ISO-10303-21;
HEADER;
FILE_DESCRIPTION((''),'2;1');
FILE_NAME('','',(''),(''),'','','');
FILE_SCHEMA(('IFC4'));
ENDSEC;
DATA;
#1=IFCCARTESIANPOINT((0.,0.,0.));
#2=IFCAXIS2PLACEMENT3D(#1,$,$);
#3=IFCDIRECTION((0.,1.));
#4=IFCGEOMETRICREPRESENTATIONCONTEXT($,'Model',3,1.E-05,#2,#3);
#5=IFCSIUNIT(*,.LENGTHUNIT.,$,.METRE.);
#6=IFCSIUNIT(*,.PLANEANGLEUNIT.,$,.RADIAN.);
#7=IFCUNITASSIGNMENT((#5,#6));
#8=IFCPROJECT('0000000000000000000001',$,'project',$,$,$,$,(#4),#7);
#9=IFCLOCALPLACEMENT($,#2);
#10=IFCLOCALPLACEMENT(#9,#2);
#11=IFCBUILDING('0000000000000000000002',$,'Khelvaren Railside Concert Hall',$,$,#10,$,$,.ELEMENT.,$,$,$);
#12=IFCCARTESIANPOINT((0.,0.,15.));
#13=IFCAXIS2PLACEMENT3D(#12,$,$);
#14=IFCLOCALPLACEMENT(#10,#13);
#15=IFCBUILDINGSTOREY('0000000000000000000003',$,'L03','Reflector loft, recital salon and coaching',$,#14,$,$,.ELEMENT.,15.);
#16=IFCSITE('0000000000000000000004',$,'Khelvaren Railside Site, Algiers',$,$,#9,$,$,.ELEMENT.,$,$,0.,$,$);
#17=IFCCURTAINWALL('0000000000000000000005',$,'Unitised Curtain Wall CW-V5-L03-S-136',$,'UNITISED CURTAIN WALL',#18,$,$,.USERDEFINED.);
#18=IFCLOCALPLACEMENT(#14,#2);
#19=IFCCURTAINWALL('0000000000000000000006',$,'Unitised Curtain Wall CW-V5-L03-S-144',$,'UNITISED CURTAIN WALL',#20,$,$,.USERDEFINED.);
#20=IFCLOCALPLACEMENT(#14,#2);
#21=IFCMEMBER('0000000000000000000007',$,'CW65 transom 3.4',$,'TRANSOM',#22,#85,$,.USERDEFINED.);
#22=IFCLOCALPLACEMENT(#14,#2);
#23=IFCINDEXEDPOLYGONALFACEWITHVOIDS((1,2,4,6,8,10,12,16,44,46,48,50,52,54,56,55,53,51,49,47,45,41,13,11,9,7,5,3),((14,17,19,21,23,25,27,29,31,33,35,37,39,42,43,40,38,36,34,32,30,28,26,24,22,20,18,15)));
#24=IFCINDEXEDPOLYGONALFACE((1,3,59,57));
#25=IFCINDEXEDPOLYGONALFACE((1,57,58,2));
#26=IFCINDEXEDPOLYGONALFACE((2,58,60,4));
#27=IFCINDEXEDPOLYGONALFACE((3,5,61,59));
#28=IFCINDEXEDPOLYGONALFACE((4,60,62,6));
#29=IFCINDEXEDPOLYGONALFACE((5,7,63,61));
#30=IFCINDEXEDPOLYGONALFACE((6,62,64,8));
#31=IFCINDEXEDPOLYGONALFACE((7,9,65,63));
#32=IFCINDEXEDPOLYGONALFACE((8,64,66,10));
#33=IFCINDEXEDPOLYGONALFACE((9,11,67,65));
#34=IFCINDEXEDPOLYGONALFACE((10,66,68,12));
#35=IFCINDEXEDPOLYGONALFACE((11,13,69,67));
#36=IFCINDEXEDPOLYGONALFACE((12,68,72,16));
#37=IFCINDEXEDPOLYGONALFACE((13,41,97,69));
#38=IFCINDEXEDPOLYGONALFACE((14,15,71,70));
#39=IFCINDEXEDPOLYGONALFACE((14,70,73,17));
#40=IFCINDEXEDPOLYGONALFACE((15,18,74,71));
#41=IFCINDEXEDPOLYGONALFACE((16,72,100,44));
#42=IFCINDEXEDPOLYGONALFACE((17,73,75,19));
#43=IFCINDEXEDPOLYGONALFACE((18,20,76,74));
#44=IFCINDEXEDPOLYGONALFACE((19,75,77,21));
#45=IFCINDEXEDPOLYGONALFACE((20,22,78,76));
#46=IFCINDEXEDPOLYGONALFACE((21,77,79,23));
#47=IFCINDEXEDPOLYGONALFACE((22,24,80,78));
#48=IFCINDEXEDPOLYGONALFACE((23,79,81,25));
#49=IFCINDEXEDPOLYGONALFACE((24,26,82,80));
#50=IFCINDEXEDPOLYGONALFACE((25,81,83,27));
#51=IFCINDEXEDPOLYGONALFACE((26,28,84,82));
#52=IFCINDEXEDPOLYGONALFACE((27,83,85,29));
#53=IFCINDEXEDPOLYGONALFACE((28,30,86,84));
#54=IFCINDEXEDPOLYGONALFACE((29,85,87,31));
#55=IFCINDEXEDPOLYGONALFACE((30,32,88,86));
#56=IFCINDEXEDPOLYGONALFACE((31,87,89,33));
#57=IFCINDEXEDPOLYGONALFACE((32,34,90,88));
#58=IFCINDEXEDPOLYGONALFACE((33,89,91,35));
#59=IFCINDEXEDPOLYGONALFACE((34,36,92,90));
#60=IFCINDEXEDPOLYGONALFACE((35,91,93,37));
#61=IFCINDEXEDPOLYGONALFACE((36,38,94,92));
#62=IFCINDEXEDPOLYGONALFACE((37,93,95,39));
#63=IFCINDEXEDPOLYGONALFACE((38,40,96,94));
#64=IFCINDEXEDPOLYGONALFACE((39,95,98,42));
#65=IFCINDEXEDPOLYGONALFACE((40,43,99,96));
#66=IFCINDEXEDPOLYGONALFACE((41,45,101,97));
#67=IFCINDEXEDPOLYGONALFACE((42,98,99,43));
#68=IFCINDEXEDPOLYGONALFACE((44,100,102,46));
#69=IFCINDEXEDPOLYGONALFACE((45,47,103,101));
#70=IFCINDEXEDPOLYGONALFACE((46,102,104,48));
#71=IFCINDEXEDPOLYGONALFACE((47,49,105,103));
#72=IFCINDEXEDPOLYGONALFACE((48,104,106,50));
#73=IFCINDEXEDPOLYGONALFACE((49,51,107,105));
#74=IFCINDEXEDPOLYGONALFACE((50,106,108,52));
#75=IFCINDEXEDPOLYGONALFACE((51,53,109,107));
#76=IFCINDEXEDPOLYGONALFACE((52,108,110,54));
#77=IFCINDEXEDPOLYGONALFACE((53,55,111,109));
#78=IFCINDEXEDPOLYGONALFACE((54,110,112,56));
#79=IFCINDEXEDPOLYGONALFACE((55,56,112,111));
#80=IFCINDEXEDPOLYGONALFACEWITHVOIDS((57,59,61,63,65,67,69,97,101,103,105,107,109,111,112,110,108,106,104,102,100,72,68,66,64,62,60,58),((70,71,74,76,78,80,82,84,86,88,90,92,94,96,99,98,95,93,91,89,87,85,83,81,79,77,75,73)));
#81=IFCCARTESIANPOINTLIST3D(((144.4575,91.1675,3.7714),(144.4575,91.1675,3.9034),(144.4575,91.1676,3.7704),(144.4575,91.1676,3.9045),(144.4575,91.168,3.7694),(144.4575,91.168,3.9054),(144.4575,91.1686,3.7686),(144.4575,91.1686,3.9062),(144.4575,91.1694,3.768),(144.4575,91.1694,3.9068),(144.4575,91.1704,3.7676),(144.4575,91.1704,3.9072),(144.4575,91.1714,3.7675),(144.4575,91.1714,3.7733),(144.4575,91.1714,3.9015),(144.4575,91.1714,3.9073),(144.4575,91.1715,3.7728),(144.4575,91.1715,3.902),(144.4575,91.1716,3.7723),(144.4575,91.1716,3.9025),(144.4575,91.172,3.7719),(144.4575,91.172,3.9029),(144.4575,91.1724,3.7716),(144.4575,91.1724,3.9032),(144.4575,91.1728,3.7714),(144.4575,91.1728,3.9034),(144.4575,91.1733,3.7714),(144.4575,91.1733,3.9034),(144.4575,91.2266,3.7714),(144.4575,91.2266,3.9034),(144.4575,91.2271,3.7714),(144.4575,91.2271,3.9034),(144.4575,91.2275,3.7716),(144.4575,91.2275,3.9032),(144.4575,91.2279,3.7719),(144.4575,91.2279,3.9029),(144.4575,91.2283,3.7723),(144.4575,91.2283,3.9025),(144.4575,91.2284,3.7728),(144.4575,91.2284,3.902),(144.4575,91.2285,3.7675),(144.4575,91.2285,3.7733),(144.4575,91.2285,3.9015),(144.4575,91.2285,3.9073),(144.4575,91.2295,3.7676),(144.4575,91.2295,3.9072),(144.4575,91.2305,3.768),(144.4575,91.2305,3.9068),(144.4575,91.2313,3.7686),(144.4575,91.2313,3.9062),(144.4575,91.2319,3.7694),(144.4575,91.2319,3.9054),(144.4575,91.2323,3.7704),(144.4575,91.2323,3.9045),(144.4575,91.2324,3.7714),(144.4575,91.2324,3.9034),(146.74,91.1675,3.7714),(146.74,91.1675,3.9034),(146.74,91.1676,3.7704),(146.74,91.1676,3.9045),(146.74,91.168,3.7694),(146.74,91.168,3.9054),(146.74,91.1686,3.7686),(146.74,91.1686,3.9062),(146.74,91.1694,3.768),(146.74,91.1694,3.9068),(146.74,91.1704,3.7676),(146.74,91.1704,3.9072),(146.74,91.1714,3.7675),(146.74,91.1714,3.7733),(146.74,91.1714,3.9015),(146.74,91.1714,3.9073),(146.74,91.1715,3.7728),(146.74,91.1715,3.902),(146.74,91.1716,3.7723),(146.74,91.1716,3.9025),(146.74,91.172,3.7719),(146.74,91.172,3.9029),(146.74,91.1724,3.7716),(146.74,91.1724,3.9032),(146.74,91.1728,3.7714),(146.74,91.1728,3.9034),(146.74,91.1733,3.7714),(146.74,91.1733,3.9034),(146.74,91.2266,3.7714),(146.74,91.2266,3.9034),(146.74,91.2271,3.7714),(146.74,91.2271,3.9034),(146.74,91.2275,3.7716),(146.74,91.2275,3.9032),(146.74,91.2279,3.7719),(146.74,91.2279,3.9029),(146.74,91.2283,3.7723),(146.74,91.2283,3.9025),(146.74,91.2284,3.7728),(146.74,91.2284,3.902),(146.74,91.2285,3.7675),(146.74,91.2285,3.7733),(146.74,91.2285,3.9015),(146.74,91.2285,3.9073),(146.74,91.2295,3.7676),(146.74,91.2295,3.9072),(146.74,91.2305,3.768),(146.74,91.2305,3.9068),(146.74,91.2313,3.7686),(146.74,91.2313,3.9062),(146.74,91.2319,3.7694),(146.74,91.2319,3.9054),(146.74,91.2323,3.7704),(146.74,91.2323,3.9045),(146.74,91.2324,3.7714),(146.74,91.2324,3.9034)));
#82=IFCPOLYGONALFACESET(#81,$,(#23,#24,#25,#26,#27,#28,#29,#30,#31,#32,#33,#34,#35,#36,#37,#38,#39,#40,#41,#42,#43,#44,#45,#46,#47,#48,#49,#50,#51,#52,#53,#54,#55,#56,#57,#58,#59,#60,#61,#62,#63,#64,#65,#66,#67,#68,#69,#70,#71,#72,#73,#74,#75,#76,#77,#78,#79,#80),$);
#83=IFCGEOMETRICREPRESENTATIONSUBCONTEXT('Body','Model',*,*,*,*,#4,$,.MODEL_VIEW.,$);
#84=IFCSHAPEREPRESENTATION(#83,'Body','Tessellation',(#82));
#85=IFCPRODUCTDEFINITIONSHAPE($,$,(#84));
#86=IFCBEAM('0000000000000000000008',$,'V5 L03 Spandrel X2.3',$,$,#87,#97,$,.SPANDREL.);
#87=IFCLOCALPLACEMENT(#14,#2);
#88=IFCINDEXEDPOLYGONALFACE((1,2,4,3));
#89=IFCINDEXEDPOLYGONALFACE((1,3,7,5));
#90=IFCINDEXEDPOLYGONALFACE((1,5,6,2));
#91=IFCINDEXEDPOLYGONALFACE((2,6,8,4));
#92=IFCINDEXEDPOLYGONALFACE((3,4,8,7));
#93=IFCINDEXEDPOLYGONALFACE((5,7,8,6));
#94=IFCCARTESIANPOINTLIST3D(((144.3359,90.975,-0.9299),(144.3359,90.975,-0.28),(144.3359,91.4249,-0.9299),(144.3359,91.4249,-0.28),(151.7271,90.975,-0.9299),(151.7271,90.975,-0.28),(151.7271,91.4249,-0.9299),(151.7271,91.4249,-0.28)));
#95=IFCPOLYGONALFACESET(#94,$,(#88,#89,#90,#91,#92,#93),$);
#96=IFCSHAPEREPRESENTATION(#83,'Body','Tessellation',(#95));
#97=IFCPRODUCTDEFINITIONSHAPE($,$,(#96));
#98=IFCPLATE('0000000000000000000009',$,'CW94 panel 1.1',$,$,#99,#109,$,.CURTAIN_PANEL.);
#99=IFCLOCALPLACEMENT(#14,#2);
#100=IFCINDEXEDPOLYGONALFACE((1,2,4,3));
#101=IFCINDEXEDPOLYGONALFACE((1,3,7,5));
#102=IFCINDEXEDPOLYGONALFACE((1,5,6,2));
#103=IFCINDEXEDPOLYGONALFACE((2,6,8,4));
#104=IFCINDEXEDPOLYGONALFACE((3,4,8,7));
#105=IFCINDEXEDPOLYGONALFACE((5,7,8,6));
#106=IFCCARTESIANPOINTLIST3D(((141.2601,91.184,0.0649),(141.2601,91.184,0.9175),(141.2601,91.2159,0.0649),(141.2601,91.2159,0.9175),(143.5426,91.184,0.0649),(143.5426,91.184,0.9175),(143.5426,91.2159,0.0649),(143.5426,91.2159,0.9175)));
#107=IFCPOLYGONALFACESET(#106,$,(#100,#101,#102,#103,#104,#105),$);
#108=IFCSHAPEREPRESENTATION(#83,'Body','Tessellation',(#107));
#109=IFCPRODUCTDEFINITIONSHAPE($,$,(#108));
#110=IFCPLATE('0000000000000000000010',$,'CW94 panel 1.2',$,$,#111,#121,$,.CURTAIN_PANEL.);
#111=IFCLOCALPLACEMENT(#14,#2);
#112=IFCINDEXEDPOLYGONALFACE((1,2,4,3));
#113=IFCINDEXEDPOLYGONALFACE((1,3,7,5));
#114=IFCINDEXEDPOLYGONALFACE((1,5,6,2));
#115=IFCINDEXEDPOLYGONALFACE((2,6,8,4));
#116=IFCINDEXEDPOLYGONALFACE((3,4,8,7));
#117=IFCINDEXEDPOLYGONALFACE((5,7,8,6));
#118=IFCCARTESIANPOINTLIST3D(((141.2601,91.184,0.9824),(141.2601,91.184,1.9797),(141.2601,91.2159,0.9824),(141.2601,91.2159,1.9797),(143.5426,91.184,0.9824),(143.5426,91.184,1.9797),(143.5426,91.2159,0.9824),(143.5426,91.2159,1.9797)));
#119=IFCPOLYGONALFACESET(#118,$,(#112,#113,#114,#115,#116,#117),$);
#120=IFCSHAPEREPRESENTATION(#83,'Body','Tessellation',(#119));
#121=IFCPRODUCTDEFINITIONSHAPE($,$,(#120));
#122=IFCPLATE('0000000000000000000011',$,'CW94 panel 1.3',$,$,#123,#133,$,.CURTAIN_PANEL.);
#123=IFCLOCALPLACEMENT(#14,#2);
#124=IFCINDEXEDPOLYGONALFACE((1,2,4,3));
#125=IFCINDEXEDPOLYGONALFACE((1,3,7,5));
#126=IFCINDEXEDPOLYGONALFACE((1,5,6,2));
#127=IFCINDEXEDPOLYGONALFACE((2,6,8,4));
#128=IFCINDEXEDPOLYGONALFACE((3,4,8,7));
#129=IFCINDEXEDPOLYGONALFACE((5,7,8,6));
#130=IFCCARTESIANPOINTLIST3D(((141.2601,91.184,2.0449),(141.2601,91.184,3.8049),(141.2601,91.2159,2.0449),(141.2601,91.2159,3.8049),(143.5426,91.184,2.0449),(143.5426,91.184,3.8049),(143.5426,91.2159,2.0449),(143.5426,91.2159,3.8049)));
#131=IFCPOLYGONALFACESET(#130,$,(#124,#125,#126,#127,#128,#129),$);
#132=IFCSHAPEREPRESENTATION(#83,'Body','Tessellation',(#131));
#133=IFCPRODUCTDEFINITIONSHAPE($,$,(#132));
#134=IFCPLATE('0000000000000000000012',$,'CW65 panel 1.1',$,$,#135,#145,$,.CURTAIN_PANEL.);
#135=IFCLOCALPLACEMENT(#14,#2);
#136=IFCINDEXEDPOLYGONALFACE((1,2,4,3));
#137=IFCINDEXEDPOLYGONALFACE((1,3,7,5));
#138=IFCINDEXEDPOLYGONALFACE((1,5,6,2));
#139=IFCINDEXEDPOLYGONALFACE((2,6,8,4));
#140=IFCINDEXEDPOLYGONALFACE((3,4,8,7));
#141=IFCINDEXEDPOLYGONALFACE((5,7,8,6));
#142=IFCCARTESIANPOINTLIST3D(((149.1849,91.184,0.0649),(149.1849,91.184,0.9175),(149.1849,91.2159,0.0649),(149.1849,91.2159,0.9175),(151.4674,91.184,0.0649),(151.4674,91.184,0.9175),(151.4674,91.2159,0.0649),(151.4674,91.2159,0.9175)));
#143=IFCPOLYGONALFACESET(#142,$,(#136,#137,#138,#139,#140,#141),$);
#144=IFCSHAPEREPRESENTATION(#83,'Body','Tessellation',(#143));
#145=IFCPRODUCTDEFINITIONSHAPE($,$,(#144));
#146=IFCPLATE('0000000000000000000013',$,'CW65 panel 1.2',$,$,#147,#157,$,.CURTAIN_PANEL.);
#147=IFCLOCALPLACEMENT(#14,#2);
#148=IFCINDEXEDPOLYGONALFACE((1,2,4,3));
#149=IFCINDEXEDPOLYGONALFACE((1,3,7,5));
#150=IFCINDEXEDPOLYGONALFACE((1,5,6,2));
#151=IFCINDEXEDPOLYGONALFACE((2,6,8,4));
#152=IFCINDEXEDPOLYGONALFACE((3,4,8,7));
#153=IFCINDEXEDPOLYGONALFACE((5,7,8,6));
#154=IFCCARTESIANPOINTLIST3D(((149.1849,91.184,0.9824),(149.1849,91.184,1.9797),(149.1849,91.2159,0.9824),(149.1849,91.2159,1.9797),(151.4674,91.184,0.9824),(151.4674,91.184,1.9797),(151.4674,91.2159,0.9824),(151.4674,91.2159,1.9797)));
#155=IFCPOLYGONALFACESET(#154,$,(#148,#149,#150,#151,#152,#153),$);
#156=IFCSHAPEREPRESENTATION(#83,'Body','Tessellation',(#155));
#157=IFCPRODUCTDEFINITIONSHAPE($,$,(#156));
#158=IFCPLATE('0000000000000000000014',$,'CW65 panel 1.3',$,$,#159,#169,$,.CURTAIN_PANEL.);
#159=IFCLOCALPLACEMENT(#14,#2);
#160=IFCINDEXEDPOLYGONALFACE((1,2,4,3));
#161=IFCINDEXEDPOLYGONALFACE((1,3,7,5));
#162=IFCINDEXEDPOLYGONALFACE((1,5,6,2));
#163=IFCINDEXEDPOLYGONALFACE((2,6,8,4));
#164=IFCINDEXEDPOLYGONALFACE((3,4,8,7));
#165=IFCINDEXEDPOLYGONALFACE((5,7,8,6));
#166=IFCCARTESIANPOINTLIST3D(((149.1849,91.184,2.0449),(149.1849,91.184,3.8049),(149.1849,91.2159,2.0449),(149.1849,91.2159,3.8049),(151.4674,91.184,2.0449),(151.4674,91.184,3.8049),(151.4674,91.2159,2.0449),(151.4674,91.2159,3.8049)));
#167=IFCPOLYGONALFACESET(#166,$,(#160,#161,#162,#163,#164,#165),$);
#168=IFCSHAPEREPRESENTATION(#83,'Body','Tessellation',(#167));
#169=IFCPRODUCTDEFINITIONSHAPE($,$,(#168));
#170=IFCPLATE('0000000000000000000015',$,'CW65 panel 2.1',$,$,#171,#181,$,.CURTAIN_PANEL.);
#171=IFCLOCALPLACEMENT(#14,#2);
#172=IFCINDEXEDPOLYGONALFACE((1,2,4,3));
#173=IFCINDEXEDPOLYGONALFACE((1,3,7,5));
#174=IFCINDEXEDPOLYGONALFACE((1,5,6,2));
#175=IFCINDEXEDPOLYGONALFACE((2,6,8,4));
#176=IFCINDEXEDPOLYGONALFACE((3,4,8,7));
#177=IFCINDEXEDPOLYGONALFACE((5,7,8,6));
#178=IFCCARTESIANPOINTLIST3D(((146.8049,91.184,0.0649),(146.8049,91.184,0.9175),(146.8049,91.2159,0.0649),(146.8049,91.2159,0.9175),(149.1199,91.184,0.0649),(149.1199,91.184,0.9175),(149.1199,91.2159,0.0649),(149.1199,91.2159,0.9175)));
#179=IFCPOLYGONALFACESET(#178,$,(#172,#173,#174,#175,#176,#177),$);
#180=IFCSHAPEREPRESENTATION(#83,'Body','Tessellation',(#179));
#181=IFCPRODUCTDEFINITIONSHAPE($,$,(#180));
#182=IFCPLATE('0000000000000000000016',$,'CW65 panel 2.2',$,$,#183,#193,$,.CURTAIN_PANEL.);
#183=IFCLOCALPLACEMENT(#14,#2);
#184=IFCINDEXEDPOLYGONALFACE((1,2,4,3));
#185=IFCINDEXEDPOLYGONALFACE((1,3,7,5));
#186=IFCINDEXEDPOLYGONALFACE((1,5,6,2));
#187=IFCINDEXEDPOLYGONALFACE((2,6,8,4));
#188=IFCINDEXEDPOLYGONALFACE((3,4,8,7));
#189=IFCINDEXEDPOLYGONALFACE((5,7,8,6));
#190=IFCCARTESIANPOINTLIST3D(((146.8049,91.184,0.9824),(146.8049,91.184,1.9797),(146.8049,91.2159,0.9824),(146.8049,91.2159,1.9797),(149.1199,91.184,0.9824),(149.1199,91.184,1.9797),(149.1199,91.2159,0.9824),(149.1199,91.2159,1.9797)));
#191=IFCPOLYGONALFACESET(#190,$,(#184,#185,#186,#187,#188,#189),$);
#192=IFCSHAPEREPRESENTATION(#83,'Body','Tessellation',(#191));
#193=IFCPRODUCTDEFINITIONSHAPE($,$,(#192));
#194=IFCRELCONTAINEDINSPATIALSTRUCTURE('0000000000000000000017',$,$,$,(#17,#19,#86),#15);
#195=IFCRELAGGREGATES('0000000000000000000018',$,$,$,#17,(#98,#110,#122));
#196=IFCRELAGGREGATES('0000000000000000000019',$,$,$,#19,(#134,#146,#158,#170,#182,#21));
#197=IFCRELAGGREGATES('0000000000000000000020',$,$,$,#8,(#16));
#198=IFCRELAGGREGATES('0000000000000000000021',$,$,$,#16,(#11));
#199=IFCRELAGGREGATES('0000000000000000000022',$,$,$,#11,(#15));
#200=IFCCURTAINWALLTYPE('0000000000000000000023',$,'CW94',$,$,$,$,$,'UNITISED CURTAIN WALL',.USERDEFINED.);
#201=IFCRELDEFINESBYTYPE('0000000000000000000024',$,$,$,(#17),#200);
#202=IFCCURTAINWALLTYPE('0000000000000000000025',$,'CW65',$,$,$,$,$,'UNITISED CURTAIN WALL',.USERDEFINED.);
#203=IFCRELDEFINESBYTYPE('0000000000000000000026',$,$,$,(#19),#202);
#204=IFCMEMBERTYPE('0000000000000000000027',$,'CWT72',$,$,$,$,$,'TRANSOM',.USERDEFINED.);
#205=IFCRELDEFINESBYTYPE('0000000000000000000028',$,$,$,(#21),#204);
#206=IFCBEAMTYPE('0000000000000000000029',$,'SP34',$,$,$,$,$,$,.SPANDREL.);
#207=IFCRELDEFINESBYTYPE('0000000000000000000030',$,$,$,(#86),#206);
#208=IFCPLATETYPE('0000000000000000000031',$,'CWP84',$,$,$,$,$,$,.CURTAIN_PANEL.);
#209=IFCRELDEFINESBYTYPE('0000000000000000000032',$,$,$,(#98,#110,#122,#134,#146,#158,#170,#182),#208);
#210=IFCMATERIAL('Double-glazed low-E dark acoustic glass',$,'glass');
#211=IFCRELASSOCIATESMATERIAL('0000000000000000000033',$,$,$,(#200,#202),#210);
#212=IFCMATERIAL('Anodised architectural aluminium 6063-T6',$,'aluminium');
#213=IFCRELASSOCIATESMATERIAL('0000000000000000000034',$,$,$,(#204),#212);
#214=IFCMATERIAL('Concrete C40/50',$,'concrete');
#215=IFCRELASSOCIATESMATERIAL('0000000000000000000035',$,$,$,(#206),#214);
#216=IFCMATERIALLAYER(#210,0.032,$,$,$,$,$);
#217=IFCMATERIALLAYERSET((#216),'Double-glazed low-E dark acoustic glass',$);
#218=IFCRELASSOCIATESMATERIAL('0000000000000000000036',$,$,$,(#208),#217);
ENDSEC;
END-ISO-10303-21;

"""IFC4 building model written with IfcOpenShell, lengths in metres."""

from ifc_helpers import new_model, si_unit, direction, frame, origin, origin_2d, place, context, subcontext, project, spatial, rectangle, hollow_rectangle, extrude, material, layer, layer_set, material_profile, profile_set, type_object, element, aggregate, save


model = new_model("IFC4")

# Units and contexts
model_context = context("Model", 3, precision=1e-05, world=origin(), true_north=direction((0.0, 1.0)))
body_context = subcontext(model_context, "Body", "Model", "MODEL_VIEW")
ifc_project = project(units=[si_unit("LENGTHUNIT", "METRE"), si_unit("PLANEANGLEUNIT", "RADIAN")], contexts=[model_context])

# Site, building, storey
site_placement = place(None, origin())
site = spatial("IfcSite", under=ifc_project, at=site_placement, Name="Khelvaren Railside Site, Algiers", CompositionType="ELEMENT", RefElevation=0.0)
building_placement = place(site_placement, origin())
building = spatial("IfcBuilding", under=site, at=building_placement, Name="Khelvaren Railside Concert Hall", CompositionType="ELEMENT")
storey_placement = place(building_placement, frame((0.0, 0.0, 15.0)))
storey = spatial("IfcBuildingStorey", under=building, at=storey_placement, Name="L03", Description="Reflector loft, recital salon and coaching", CompositionType="ELEMENT", Elevation=15.0)

# Curtain wall
ifc_material_1 = material(Name="Double-glazed low-E dark acoustic glass", Category="glass")
curtain_wall_type_1 = type_object("IfcCurtainWallType", Name="CW94", ElementType="UNITISED CURTAIN WALL", PredefinedType="USERDEFINED", material=ifc_material_1)
curtain_wall_1_placement = place(storey_placement, origin())
curtain_wall_1 = element("IfcCurtainWall", 1, at=curtain_wall_1_placement, inside=storey, type_object=curtain_wall_type_1, Name="Unitised Curtain Wall CW-V5-L03-S-136", ObjectType="UNITISED CURTAIN WALL", PredefinedType="USERDEFINED")
ifc_material_2 = material(Name="Anodised architectural aluminium 6063-T6", Category="aluminium")

# Curtain wall
curtain_wall_type_2 = type_object("IfcCurtainWallType", Name="CW65", ElementType="UNITISED CURTAIN WALL", PredefinedType="USERDEFINED", material=ifc_material_1)
curtain_wall_2_placement = place(storey_placement, origin())
curtain_wall_2 = element("IfcCurtainWall", 2, at=curtain_wall_2_placement, inside=storey, type_object=curtain_wall_type_2, Name="Unitised Curtain Wall CW-V5-L03-S-144", ObjectType="UNITISED CURTAIN WALL", PredefinedType="USERDEFINED")

# Member
ifc_material_profile_1 = material_profile(ifc_material_2, hollow_rectangle(XDim=0.0649, YDim=0.1399, WallThickness=0.0039, InnerFilletRadius=0.002, OuterFilletRadius=0.0039, at=origin_2d()), Name="CWT 65x140x4")
ifc_profile_set_1 = profile_set([ifc_material_profile_1], Name="Anodised architectural aluminium 6063-T6")
member_type_1 = type_object("IfcMemberType", Name="CWT72", ElementType="TRANSOM", PredefinedType="USERDEFINED", material=ifc_profile_set_1)
member_1_placement = place(storey_placement, frame((146.74, 91.2, 3.8374), z_axis=(-1.0, 0.0, 0.0), x_axis=(0.0, -1.0, 0.0)))
member_1 = element("IfcMember", 3, at=member_1_placement, type_object=member_type_1, Name="CW65 transom 3.4", ObjectType="TRANSOM", PredefinedType="USERDEFINED", context=body_context, shape_type="SweptSolid", body=[
    extrude(hollow_rectangle(XDim=0.0649, YDim=0.1399, WallThickness=0.0039, InnerFilletRadius=0.002, OuterFilletRadius=0.0039, at=origin_2d()), origin(), (0.0, 0.0, 1.0), 2.2825),
])

# Beam
ifc_material_3 = material(Name="Concrete C40/50", Category="concrete")
ifc_material_profile_2 = material_profile(ifc_material_3, rectangle(XDim=0.45, YDim=0.6499, at=origin_2d()), Name="RCB 450x650")
ifc_profile_set_2 = profile_set([ifc_material_profile_2], Name="Concrete C40/50")
beam_type = type_object("IfcBeamType", Name="SP34", PredefinedType="SPANDREL", material=ifc_profile_set_2)
beam_placement = place(storey_placement, frame((144.3359, 91.2, -0.605), z_axis=(1.0, 0.0, 0.0), x_axis=(0.0, 1.0, 0.0)))
element("IfcBeam", 4, at=beam_placement, inside=storey, type_object=beam_type, Name="V5 L03 Spandrel X2.3", PredefinedType="SPANDREL", context=body_context, shape_type="SweptSolid", body=[
    extrude(rectangle(XDim=0.45, YDim=0.6499, at=origin_2d()), origin(), (0.0, 0.0, 1.0), 7.3911),
])

# Plates
ifc_layer = layer(ifc_material_1, 0.032)
ifc_layer_set = layer_set([ifc_layer], Name="Double-glazed low-E dark acoustic glass")
plate_type = type_object("IfcPlateType", Name="CWP84", PredefinedType="CURTAIN_PANEL", material=ifc_layer_set)
plate_1_placement = place(storey_placement, frame((142.4014, 91.2, 0.0649), z_axis=(0.0, 0.0, 1.0), x_axis=(-1.0, 0.0, 0.0)))
plate_1 = element("IfcPlate", 5, at=plate_1_placement, type_object=plate_type, Name="CW94 panel 1.1", PredefinedType="CURTAIN_PANEL", context=body_context, shape_type="SweptSolid", body=[
    extrude(rectangle(XDim=2.2825, YDim=0.032, at=origin_2d()), origin(), (0.0, 0.0, 1.0), 0.8525),
])
plate_2_placement = place(storey_placement, frame((142.4014, 91.2, 0.9824), z_axis=(0.0, 0.0, 1.0), x_axis=(-1.0, 0.0, 0.0)))
plate_2 = element("IfcPlate", 6, at=plate_2_placement, type_object=plate_type, Name="CW94 panel 1.2", PredefinedType="CURTAIN_PANEL", context=body_context, shape_type="SweptSolid", body=[
    extrude(rectangle(XDim=2.2825, YDim=0.032, at=origin_2d()), origin(), (0.0, 0.0, 1.0), 0.9973),
])
plate_3_placement = place(storey_placement, frame((142.4014, 91.2, 2.0449), z_axis=(0.0, 0.0, 1.0), x_axis=(-1.0, 0.0, 0.0)))
plate_3 = element("IfcPlate", 7, at=plate_3_placement, type_object=plate_type, Name="CW94 panel 1.3", PredefinedType="CURTAIN_PANEL", context=body_context, shape_type="SweptSolid", body=[
    extrude(rectangle(XDim=2.2825, YDim=0.032, at=origin_2d()), origin(), (0.0, 0.0, 1.0), 1.76),
])
aggregate(curtain_wall_1, [plate_1, plate_2, plate_3])
plate_4_placement = place(storey_placement, frame((150.3262, 91.2, 0.0649), z_axis=(0.0, 0.0, 1.0), x_axis=(-1.0, 0.0, 0.0)))
plate_4 = element("IfcPlate", 8, at=plate_4_placement, type_object=plate_type, Name="CW65 panel 1.1", PredefinedType="CURTAIN_PANEL", context=body_context, shape_type="SweptSolid", body=[
    extrude(rectangle(XDim=2.2825, YDim=0.032, at=origin_2d()), origin(), (0.0, 0.0, 1.0), 0.8525),
])
plate_5_placement = place(storey_placement, frame((150.3262, 91.2, 0.9824), z_axis=(0.0, 0.0, 1.0), x_axis=(-1.0, 0.0, 0.0)))
plate_5 = element("IfcPlate", 9, at=plate_5_placement, type_object=plate_type, Name="CW65 panel 1.2", PredefinedType="CURTAIN_PANEL", context=body_context, shape_type="SweptSolid", body=[
    extrude(rectangle(XDim=2.2825, YDim=0.032, at=origin_2d()), origin(), (0.0, 0.0, 1.0), 0.9973),
])
plate_6_placement = place(storey_placement, frame((150.3262, 91.2, 2.0449), z_axis=(0.0, 0.0, 1.0), x_axis=(-1.0, 0.0, 0.0)))
plate_6 = element("IfcPlate", 10, at=plate_6_placement, type_object=plate_type, Name="CW65 panel 1.3", PredefinedType="CURTAIN_PANEL", context=body_context, shape_type="SweptSolid", body=[
    extrude(rectangle(XDim=2.2825, YDim=0.032, at=origin_2d()), origin(), (0.0, 0.0, 1.0), 1.76),
])
plate_7_placement = place(storey_placement, frame((147.9624, 91.2, 0.0649), z_axis=(0.0, 0.0, 1.0), x_axis=(-1.0, 0.0, 0.0)))
plate_7 = element("IfcPlate", 11, at=plate_7_placement, type_object=plate_type, Name="CW65 panel 2.1", PredefinedType="CURTAIN_PANEL", context=body_context, shape_type="SweptSolid", body=[
    extrude(rectangle(XDim=2.3149, YDim=0.032, at=origin_2d()), origin(), (0.0, 0.0, 1.0), 0.8525),
])
plate_8_placement = place(storey_placement, frame((147.9624, 91.2, 0.9824), z_axis=(0.0, 0.0, 1.0), x_axis=(-1.0, 0.0, 0.0)))
plate_8 = element("IfcPlate", 12, at=plate_8_placement, type_object=plate_type, Name="CW65 panel 2.2", PredefinedType="CURTAIN_PANEL", context=body_context, shape_type="SweptSolid", body=[
    extrude(rectangle(XDim=2.3149, YDim=0.032, at=origin_2d()), origin(), (0.0, 0.0, 1.0), 0.9973),
])
aggregate(curtain_wall_2, [plate_4, plate_5, plate_6, plate_7, plate_8, member_1])

save(model, "model.ifc")
